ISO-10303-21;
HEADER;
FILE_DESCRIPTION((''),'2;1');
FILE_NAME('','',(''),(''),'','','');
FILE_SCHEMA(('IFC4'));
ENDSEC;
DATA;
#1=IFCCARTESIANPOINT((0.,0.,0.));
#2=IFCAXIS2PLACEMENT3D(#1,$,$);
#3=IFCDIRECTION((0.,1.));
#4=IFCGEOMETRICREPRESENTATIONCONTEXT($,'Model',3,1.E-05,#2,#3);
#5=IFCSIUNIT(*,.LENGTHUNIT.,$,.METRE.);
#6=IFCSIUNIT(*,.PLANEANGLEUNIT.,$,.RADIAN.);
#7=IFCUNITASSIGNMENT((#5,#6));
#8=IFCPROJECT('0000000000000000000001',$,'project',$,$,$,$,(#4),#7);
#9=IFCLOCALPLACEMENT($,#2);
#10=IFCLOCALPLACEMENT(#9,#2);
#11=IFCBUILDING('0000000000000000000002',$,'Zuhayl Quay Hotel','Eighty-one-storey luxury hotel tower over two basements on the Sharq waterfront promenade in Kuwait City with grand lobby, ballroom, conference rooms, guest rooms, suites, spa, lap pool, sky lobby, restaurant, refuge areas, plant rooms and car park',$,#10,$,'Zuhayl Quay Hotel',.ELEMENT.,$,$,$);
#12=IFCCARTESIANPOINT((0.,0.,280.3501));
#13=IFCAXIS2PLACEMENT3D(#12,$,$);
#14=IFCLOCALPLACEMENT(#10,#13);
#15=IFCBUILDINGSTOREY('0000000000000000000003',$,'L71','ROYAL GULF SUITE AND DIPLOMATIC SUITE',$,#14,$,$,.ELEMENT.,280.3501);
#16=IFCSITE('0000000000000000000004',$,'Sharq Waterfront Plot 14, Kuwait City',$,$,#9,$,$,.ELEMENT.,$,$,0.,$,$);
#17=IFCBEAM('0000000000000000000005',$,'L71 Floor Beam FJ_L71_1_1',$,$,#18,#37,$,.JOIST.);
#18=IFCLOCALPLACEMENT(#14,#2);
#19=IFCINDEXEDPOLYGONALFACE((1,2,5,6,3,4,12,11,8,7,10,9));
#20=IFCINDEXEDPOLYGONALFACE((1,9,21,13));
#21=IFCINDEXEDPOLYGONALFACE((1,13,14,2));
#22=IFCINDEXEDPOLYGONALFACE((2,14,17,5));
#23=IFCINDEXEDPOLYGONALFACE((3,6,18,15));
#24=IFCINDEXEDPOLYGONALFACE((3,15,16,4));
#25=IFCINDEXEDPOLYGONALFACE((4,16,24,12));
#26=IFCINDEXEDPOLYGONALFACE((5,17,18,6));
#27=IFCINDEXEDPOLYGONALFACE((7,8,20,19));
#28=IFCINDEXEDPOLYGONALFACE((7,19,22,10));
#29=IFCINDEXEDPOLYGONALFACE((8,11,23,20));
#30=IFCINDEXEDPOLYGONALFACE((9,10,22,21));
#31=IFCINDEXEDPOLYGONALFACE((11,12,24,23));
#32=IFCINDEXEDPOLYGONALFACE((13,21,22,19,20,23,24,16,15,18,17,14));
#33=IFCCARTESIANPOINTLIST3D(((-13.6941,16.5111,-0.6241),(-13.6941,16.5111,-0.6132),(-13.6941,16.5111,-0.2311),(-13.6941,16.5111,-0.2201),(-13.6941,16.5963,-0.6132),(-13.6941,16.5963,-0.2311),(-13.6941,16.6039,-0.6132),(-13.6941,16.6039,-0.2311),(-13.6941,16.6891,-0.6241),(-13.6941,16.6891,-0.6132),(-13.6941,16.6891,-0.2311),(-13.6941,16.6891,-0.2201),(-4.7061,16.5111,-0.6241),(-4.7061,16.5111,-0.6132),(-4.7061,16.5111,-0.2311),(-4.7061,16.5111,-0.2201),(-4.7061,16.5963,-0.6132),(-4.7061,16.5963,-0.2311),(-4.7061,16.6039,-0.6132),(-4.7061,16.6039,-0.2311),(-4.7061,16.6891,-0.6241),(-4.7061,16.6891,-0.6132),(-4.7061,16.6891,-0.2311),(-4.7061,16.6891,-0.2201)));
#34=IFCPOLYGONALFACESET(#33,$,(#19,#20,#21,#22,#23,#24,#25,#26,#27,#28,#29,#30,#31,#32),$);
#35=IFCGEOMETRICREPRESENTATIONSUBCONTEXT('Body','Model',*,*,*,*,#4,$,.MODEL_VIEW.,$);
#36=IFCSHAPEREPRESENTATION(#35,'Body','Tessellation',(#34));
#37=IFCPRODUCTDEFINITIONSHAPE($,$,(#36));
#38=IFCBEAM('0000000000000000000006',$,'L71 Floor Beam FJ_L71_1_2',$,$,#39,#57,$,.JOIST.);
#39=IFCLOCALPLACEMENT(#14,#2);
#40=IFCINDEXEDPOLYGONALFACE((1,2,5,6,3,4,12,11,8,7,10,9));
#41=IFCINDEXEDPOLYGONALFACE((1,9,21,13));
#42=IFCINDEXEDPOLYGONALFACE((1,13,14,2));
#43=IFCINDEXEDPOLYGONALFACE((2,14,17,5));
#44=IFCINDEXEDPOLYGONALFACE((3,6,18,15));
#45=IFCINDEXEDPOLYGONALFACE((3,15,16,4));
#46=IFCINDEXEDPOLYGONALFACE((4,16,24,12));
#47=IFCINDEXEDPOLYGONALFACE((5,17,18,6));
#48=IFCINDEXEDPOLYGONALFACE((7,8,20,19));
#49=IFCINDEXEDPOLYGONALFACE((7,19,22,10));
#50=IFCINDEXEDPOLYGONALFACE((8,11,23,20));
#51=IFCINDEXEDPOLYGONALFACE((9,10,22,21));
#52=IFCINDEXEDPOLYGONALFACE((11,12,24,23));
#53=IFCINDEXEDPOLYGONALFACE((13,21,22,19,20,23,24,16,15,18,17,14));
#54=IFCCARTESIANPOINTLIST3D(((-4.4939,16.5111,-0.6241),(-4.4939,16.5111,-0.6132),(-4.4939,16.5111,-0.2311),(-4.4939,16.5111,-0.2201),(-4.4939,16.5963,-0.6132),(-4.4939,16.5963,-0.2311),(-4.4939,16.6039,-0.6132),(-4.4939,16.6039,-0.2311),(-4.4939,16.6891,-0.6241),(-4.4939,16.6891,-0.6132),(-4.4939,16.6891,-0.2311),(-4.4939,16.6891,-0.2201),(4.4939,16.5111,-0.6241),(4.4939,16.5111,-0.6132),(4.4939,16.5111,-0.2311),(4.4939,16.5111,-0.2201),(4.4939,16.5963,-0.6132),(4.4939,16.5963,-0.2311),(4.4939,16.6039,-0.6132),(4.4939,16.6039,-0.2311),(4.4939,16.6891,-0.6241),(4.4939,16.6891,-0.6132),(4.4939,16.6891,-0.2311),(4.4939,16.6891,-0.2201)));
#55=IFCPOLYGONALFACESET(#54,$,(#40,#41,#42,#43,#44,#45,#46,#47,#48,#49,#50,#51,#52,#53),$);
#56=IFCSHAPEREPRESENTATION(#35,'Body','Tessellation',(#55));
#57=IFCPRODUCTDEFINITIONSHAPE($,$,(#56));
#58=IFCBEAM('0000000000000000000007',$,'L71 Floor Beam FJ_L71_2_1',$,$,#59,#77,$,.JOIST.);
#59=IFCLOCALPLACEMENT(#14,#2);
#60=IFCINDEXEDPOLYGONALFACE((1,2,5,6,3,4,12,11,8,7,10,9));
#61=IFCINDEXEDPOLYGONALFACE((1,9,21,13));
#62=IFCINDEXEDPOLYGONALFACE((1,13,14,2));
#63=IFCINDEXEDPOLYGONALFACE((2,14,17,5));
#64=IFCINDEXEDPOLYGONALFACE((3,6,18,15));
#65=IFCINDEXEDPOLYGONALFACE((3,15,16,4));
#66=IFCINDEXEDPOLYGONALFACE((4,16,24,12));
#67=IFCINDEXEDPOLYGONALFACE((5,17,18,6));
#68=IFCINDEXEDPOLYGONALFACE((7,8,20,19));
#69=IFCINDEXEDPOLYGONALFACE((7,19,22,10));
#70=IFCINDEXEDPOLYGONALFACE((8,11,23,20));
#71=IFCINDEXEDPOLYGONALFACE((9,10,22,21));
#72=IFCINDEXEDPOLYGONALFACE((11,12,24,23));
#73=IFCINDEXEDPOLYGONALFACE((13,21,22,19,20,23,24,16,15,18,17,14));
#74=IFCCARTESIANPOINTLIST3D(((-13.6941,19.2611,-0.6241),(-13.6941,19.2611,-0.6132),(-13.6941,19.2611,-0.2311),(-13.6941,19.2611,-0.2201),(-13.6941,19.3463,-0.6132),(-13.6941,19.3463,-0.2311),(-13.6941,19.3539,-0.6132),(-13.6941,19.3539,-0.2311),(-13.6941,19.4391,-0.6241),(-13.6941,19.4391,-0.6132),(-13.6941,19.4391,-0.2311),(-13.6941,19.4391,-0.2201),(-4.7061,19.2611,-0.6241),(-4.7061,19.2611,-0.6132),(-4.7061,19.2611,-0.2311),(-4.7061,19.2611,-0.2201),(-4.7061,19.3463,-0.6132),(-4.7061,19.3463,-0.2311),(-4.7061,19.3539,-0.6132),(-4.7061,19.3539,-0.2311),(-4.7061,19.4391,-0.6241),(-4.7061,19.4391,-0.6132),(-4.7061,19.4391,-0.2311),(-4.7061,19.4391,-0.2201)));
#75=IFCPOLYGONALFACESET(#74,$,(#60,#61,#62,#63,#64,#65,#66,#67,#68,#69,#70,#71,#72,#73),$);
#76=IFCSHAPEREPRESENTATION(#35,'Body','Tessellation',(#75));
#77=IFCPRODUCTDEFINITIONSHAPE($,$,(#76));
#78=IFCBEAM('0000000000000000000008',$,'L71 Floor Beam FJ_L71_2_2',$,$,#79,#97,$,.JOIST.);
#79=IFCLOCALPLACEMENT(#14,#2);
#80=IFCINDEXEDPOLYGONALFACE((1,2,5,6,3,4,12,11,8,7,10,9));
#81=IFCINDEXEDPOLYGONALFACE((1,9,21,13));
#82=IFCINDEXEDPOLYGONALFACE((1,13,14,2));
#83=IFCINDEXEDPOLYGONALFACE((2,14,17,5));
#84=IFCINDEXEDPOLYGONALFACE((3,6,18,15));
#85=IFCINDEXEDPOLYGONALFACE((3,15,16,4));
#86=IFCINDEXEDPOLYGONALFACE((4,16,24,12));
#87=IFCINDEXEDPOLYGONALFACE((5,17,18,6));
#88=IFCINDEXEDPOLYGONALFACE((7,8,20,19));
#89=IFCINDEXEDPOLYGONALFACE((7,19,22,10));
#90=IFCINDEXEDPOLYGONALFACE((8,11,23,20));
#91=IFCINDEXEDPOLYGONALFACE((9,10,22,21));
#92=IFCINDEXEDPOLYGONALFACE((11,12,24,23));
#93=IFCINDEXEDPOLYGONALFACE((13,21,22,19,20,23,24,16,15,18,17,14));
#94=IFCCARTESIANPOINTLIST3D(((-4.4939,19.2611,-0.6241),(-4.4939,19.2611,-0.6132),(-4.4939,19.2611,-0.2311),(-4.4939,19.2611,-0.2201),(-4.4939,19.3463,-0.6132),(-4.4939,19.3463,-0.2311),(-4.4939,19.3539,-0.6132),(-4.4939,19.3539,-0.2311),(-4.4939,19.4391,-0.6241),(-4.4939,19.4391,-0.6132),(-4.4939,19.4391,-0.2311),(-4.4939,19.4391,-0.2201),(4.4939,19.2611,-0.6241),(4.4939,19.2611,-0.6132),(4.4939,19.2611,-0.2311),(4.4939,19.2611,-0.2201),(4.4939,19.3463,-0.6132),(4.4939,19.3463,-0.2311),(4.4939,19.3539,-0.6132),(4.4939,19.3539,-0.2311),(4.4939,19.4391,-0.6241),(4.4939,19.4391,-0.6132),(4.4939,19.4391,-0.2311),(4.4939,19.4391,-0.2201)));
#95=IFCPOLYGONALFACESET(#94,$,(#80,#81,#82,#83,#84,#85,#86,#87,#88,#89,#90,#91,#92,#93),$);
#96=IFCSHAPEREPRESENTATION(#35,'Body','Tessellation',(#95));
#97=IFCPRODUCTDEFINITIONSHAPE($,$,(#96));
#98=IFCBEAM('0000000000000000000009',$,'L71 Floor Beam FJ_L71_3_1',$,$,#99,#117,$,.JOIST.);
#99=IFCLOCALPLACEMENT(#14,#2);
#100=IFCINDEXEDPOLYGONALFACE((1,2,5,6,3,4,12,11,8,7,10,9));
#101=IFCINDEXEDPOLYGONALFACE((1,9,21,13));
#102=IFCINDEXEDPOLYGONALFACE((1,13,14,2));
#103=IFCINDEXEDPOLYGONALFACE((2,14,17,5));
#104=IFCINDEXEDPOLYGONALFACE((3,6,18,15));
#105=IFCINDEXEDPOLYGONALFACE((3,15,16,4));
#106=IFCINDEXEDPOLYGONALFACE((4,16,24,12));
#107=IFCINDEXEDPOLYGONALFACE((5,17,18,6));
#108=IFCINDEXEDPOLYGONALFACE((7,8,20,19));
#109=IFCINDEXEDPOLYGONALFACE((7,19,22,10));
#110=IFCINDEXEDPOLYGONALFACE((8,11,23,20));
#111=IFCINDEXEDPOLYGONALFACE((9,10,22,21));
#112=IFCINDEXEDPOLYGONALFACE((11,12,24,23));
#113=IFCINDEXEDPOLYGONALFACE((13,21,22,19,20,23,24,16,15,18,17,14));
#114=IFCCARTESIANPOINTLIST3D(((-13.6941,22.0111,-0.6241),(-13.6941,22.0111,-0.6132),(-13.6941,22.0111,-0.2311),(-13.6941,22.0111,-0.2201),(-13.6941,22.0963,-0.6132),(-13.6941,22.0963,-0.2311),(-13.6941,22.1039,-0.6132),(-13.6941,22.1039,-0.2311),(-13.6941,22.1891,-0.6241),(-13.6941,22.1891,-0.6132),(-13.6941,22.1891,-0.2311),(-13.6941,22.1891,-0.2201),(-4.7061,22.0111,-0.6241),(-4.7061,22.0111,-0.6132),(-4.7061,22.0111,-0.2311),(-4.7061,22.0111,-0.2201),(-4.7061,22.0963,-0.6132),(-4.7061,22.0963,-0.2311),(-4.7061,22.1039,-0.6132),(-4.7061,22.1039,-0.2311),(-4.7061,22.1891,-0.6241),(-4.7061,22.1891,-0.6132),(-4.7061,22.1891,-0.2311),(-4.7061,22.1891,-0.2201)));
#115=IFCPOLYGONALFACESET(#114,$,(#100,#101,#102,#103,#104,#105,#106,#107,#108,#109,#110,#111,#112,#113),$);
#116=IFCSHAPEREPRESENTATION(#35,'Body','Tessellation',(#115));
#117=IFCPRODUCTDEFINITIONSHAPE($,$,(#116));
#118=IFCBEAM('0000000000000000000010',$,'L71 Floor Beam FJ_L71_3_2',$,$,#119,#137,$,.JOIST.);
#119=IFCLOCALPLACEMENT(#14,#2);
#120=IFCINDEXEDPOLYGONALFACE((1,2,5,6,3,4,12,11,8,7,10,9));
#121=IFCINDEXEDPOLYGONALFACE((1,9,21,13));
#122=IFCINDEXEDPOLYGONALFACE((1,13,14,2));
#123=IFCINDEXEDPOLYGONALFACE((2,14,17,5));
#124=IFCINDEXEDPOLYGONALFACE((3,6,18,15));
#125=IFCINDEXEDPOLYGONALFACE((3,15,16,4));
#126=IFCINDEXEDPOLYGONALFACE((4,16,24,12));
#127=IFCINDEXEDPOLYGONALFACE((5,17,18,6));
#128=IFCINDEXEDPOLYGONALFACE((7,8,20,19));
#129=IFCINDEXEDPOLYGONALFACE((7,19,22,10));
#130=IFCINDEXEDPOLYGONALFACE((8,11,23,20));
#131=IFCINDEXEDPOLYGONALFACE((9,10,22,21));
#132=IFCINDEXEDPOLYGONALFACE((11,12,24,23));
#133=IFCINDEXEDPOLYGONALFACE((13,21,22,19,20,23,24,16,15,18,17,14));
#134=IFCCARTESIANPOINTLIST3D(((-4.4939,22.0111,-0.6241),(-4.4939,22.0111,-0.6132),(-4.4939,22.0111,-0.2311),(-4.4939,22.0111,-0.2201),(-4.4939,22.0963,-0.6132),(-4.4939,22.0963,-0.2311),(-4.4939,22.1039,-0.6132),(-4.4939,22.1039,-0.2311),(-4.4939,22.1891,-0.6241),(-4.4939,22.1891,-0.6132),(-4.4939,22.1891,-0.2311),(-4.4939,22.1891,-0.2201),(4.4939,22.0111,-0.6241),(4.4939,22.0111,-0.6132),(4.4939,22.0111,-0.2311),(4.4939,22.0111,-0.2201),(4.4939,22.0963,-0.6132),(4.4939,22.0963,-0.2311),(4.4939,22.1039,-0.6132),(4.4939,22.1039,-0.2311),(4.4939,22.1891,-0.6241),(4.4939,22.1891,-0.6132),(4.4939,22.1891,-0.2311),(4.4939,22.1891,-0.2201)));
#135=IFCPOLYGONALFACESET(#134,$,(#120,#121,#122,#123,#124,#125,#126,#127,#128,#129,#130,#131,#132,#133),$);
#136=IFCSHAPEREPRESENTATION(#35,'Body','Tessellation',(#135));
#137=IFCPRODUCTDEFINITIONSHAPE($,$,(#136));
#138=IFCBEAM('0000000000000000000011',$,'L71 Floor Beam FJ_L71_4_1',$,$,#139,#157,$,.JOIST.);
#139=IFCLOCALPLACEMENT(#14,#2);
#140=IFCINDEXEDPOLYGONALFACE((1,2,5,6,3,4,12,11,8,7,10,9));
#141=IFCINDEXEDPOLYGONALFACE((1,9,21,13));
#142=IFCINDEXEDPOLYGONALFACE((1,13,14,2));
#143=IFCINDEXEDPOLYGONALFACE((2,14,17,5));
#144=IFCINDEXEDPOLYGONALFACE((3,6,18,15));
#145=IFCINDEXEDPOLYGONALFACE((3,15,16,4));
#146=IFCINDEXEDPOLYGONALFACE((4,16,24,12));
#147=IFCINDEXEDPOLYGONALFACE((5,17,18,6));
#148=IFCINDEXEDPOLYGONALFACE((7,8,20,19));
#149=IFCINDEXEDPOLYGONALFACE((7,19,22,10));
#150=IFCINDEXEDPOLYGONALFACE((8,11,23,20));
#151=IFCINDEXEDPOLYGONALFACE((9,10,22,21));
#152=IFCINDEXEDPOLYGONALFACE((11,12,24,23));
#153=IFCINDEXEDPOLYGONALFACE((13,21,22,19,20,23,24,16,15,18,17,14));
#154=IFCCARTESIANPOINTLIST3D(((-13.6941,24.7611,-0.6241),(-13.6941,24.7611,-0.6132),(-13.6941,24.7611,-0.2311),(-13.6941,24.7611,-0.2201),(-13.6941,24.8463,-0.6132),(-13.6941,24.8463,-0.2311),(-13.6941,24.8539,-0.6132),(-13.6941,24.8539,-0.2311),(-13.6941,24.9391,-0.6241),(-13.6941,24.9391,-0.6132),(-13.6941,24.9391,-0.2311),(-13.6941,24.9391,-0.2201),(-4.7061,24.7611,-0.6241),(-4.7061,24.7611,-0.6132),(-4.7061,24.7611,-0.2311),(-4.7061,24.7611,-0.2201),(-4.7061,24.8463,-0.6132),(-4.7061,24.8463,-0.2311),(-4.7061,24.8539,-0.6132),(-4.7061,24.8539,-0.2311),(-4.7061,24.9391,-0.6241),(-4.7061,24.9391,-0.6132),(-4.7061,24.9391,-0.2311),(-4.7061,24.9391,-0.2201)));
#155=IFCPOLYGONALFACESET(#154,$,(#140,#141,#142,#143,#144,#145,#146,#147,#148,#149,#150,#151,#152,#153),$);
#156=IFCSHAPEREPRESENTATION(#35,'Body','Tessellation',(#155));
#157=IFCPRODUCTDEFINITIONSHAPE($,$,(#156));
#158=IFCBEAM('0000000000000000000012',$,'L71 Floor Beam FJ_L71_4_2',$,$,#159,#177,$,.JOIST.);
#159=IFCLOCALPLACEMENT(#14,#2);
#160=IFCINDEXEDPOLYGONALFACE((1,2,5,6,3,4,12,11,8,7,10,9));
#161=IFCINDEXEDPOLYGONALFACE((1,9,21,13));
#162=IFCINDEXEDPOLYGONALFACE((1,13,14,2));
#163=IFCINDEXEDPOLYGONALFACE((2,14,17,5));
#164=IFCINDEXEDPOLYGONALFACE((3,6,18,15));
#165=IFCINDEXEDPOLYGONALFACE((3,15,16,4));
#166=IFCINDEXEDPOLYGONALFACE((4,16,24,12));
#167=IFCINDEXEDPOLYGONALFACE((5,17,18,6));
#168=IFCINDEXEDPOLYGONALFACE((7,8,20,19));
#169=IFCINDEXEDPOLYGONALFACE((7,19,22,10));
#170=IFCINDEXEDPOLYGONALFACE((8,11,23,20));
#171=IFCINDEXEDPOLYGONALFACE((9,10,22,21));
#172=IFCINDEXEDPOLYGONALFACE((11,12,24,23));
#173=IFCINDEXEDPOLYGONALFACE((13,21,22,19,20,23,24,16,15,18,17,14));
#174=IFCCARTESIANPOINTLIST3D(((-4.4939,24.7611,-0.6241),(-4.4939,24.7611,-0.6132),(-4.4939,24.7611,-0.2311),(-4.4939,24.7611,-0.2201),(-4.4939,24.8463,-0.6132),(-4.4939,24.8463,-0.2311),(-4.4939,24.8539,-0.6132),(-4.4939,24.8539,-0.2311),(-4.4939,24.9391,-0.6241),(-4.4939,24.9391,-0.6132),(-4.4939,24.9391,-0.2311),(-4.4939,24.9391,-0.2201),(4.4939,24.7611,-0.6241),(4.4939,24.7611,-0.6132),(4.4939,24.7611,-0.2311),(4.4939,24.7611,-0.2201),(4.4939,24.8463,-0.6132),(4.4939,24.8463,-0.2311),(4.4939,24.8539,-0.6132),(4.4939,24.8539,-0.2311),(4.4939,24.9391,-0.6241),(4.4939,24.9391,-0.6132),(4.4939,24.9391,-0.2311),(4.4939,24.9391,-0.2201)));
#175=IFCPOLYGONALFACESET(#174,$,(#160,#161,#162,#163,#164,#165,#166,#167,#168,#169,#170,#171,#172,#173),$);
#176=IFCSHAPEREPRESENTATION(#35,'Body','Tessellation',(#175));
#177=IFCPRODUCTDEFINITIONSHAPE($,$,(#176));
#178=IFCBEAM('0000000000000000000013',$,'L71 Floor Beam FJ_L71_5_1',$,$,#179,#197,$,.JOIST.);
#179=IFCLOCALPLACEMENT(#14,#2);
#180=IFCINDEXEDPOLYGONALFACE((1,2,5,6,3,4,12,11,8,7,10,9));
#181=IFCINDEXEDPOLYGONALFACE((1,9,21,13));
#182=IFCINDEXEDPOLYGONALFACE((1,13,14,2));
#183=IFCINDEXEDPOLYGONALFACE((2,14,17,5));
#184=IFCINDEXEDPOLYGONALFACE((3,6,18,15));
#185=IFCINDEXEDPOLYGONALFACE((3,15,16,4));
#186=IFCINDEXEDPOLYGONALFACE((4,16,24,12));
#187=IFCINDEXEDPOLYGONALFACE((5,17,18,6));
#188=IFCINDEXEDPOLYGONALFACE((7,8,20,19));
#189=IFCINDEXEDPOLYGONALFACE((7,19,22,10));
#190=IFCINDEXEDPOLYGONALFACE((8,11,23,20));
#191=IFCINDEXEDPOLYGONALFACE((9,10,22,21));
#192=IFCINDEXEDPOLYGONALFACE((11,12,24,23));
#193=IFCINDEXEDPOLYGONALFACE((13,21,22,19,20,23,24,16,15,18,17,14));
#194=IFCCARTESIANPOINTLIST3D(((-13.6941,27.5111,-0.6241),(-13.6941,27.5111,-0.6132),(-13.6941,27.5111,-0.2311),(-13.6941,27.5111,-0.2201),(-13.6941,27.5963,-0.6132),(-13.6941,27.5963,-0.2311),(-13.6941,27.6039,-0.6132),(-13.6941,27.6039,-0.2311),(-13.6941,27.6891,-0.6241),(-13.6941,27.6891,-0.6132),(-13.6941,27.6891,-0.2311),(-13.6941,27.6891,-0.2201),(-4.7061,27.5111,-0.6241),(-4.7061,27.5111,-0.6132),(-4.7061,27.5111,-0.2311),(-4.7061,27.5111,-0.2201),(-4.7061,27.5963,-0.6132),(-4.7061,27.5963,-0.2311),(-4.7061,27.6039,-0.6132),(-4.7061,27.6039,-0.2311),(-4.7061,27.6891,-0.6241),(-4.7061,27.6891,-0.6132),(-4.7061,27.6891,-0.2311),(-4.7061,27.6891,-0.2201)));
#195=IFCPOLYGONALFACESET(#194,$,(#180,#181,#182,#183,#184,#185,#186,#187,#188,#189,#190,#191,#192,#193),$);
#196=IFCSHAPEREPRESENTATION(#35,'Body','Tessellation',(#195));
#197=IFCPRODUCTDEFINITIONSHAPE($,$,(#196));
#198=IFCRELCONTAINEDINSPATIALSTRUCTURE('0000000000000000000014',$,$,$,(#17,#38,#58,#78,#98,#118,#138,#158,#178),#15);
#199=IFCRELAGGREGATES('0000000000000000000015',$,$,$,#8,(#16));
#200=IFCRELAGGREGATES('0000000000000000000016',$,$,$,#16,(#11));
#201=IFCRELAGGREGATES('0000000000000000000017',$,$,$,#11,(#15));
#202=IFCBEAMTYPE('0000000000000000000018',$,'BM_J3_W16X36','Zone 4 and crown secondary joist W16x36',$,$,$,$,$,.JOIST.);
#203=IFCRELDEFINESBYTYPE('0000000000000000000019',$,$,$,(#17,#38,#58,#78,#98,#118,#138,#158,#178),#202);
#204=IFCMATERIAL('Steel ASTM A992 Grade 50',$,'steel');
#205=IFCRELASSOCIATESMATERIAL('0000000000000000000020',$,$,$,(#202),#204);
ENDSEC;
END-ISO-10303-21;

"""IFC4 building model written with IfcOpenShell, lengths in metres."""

from ifc_helpers import new_model, si_unit, direction, frame, origin, origin_2d, place, context, subcontext, project, spatial, i_section, extrude, material, material_profile, profile_set, type_object, element, save


model = new_model("IFC4")

# Units and contexts
model_context = context("Model", 3, precision=1e-05, world=origin(), true_north=direction((0.0, 1.0)))
body_context = subcontext(model_context, "Body", "Model", "MODEL_VIEW")
ifc_project = project(units=[si_unit("LENGTHUNIT", "METRE"), si_unit("PLANEANGLEUNIT", "RADIAN")], contexts=[model_context])

# Site, building, storey
site_placement = place(None, origin())
site = spatial("IfcSite", under=ifc_project, at=site_placement, Name="Sharq Waterfront Plot 14, Kuwait City", CompositionType="ELEMENT", RefElevation=0.0)
building_placement = place(site_placement, origin())
building = spatial("IfcBuilding", under=site, at=building_placement, Name="Zuhayl Quay Hotel", Description="Eighty-one-storey luxury hotel tower over two basements on the Sharq waterfront promenade in Kuwait City with grand lobby, ballroom, conference rooms, guest rooms, suites, spa, lap pool, sky lobby, restaurant, refuge areas, plant rooms and car park", LongName="Zuhayl Quay Hotel", CompositionType="ELEMENT")
storey_placement = place(building_placement, frame((0.0, 0.0, 280.3501)))
storey = spatial("IfcBuildingStorey", under=building, at=storey_placement, Name="L71", Description="ROYAL GULF SUITE AND DIPLOMATIC SUITE", CompositionType="ELEMENT", Elevation=280.3501)

# Beams
ifc_material_1 = material(Name="Steel ASTM A992 Grade 50", Category="steel")
ifc_material_profile = material_profile(ifc_material_1, i_section(OverallWidth=0.178, OverallDepth=0.4041, WebThickness=0.0076, FlangeThickness=0.011, at=origin_2d()), Name="W16X36")
ifc_profile_set = profile_set([ifc_material_profile], Name="Steel ASTM A992 Grade 50")
beam_type = type_object("IfcBeamType", Name="BM_J3_W16X36", Description="Zone 4 and crown secondary joist W16x36", PredefinedType="JOIST", material=ifc_profile_set)
beam_1_placement = place(storey_placement, frame((-13.6941, 16.6001, -0.4221), z_axis=(1.0, 0.0, 0.0), x_axis=(0.0, 1.0, 0.0)))
element("IfcBeam", 1, at=beam_1_placement, inside=storey, type_object=beam_type, Name="L71 Floor Beam FJ_L71_1_1", PredefinedType="JOIST", context=body_context, shape_type="SweptSolid", body=[
    extrude(i_section(OverallWidth=0.178, OverallDepth=0.4041, WebThickness=0.0076, FlangeThickness=0.011, at=origin_2d()), origin(), (0.0, 0.0, 1.0), 8.988),
])
beam_2_placement = place(storey_placement, frame((-4.4939, 16.6001, -0.4221), z_axis=(1.0, 0.0, 0.0), x_axis=(0.0, 1.0, 0.0)))
element("IfcBeam", 2, at=beam_2_placement, inside=storey, type_object=beam_type, Name="L71 Floor Beam FJ_L71_1_2", PredefinedType="JOIST", context=body_context, shape_type="SweptSolid", body=[
    extrude(i_section(OverallWidth=0.178, OverallDepth=0.4041, WebThickness=0.0076, FlangeThickness=0.011, at=origin_2d()), origin(), (0.0, 0.0, 1.0), 8.9878),
])
beam_3_placement = place(storey_placement, frame((-13.6941, 19.3501, -0.4221), z_axis=(1.0, 0.0, 0.0), x_axis=(0.0, 1.0, 0.0)))
element("IfcBeam", 3, at=beam_3_placement, inside=storey, type_object=beam_type, Name="L71 Floor Beam FJ_L71_2_1", PredefinedType="JOIST", context=body_context, shape_type="SweptSolid", body=[
    extrude(i_section(OverallWidth=0.178, OverallDepth=0.4041, WebThickness=0.0076, FlangeThickness=0.011, at=origin_2d()), origin(), (0.0, 0.0, 1.0), 8.988),
])
beam_4_placement = place(storey_placement, frame((-4.4939, 19.3501, -0.4221), z_axis=(1.0, 0.0, 0.0), x_axis=(0.0, 1.0, 0.0)))
element("IfcBeam", 4, at=beam_4_placement, inside=storey, type_object=beam_type, Name="L71 Floor Beam FJ_L71_2_2", PredefinedType="JOIST", context=body_context, shape_type="SweptSolid", body=[
    extrude(i_section(OverallWidth=0.178, OverallDepth=0.4041, WebThickness=0.0076, FlangeThickness=0.011, at=origin_2d()), origin(), (0.0, 0.0, 1.0), 8.9878),
])
beam_5_placement = place(storey_placement, frame((-13.6941, 22.1001, -0.4221), z_axis=(1.0, 0.0, 0.0), x_axis=(0.0, 1.0, 0.0)))
element("IfcBeam", 5, at=beam_5_placement, inside=storey, type_object=beam_type, Name="L71 Floor Beam FJ_L71_3_1", PredefinedType="JOIST", context=body_context, shape_type="SweptSolid", body=[
    extrude(i_section(OverallWidth=0.178, OverallDepth=0.4041, WebThickness=0.0076, FlangeThickness=0.011, at=origin_2d()), origin(), (0.0, 0.0, 1.0), 8.988),
])
beam_6_placement = place(storey_placement, frame((-4.4939, 22.1001, -0.4221), z_axis=(1.0, 0.0, 0.0), x_axis=(0.0, 1.0, 0.0)))
element("IfcBeam", 6, at=beam_6_placement, inside=storey, type_object=beam_type, Name="L71 Floor Beam FJ_L71_3_2", PredefinedType="JOIST", context=body_context, shape_type="SweptSolid", body=[
    extrude(i_section(OverallWidth=0.178, OverallDepth=0.4041, WebThickness=0.0076, FlangeThickness=0.011, at=origin_2d()), origin(), (0.0, 0.0, 1.0), 8.9878),
])
beam_7_placement = place(storey_placement, frame((-13.6941, 24.8501, -0.4221), z_axis=(1.0, 0.0, 0.0), x_axis=(0.0, 1.0, 0.0)))
element("IfcBeam", 7, at=beam_7_placement, inside=storey, type_object=beam_type, Name="L71 Floor Beam FJ_L71_4_1", PredefinedType="JOIST", context=body_context, shape_type="SweptSolid", body=[
    extrude(i_section(OverallWidth=0.178, OverallDepth=0.4041, WebThickness=0.0076, FlangeThickness=0.011, at=origin_2d()), origin(), (0.0, 0.0, 1.0), 8.988),
])
beam_8_placement = place(storey_placement, frame((-4.4939, 24.8501, -0.4221), z_axis=(1.0, 0.0, 0.0), x_axis=(0.0, 1.0, 0.0)))
element("IfcBeam", 8, at=beam_8_placement, inside=storey, type_object=beam_type, Name="L71 Floor Beam FJ_L71_4_2", PredefinedType="JOIST", context=body_context, shape_type="SweptSolid", body=[
    extrude(i_section(OverallWidth=0.178, OverallDepth=0.4041, WebThickness=0.0076, FlangeThickness=0.011, at=origin_2d()), origin(), (0.0, 0.0, 1.0), 8.9878),
])
beam_9_placement = place(storey_placement, frame((-13.6941, 27.6001, -0.4221), z_axis=(1.0, 0.0, 0.0), x_axis=(0.0, 1.0, 0.0)))
element("IfcBeam", 9, at=beam_9_placement, inside=storey, type_object=beam_type, Name="L71 Floor Beam FJ_L71_5_1", PredefinedType="JOIST", context=body_context, shape_type="SweptSolid", body=[
    extrude(i_section(OverallWidth=0.178, OverallDepth=0.4041, WebThickness=0.0076, FlangeThickness=0.011, at=origin_2d()), origin(), (0.0, 0.0, 1.0), 8.988),
])

save(model, "model.ifc")
